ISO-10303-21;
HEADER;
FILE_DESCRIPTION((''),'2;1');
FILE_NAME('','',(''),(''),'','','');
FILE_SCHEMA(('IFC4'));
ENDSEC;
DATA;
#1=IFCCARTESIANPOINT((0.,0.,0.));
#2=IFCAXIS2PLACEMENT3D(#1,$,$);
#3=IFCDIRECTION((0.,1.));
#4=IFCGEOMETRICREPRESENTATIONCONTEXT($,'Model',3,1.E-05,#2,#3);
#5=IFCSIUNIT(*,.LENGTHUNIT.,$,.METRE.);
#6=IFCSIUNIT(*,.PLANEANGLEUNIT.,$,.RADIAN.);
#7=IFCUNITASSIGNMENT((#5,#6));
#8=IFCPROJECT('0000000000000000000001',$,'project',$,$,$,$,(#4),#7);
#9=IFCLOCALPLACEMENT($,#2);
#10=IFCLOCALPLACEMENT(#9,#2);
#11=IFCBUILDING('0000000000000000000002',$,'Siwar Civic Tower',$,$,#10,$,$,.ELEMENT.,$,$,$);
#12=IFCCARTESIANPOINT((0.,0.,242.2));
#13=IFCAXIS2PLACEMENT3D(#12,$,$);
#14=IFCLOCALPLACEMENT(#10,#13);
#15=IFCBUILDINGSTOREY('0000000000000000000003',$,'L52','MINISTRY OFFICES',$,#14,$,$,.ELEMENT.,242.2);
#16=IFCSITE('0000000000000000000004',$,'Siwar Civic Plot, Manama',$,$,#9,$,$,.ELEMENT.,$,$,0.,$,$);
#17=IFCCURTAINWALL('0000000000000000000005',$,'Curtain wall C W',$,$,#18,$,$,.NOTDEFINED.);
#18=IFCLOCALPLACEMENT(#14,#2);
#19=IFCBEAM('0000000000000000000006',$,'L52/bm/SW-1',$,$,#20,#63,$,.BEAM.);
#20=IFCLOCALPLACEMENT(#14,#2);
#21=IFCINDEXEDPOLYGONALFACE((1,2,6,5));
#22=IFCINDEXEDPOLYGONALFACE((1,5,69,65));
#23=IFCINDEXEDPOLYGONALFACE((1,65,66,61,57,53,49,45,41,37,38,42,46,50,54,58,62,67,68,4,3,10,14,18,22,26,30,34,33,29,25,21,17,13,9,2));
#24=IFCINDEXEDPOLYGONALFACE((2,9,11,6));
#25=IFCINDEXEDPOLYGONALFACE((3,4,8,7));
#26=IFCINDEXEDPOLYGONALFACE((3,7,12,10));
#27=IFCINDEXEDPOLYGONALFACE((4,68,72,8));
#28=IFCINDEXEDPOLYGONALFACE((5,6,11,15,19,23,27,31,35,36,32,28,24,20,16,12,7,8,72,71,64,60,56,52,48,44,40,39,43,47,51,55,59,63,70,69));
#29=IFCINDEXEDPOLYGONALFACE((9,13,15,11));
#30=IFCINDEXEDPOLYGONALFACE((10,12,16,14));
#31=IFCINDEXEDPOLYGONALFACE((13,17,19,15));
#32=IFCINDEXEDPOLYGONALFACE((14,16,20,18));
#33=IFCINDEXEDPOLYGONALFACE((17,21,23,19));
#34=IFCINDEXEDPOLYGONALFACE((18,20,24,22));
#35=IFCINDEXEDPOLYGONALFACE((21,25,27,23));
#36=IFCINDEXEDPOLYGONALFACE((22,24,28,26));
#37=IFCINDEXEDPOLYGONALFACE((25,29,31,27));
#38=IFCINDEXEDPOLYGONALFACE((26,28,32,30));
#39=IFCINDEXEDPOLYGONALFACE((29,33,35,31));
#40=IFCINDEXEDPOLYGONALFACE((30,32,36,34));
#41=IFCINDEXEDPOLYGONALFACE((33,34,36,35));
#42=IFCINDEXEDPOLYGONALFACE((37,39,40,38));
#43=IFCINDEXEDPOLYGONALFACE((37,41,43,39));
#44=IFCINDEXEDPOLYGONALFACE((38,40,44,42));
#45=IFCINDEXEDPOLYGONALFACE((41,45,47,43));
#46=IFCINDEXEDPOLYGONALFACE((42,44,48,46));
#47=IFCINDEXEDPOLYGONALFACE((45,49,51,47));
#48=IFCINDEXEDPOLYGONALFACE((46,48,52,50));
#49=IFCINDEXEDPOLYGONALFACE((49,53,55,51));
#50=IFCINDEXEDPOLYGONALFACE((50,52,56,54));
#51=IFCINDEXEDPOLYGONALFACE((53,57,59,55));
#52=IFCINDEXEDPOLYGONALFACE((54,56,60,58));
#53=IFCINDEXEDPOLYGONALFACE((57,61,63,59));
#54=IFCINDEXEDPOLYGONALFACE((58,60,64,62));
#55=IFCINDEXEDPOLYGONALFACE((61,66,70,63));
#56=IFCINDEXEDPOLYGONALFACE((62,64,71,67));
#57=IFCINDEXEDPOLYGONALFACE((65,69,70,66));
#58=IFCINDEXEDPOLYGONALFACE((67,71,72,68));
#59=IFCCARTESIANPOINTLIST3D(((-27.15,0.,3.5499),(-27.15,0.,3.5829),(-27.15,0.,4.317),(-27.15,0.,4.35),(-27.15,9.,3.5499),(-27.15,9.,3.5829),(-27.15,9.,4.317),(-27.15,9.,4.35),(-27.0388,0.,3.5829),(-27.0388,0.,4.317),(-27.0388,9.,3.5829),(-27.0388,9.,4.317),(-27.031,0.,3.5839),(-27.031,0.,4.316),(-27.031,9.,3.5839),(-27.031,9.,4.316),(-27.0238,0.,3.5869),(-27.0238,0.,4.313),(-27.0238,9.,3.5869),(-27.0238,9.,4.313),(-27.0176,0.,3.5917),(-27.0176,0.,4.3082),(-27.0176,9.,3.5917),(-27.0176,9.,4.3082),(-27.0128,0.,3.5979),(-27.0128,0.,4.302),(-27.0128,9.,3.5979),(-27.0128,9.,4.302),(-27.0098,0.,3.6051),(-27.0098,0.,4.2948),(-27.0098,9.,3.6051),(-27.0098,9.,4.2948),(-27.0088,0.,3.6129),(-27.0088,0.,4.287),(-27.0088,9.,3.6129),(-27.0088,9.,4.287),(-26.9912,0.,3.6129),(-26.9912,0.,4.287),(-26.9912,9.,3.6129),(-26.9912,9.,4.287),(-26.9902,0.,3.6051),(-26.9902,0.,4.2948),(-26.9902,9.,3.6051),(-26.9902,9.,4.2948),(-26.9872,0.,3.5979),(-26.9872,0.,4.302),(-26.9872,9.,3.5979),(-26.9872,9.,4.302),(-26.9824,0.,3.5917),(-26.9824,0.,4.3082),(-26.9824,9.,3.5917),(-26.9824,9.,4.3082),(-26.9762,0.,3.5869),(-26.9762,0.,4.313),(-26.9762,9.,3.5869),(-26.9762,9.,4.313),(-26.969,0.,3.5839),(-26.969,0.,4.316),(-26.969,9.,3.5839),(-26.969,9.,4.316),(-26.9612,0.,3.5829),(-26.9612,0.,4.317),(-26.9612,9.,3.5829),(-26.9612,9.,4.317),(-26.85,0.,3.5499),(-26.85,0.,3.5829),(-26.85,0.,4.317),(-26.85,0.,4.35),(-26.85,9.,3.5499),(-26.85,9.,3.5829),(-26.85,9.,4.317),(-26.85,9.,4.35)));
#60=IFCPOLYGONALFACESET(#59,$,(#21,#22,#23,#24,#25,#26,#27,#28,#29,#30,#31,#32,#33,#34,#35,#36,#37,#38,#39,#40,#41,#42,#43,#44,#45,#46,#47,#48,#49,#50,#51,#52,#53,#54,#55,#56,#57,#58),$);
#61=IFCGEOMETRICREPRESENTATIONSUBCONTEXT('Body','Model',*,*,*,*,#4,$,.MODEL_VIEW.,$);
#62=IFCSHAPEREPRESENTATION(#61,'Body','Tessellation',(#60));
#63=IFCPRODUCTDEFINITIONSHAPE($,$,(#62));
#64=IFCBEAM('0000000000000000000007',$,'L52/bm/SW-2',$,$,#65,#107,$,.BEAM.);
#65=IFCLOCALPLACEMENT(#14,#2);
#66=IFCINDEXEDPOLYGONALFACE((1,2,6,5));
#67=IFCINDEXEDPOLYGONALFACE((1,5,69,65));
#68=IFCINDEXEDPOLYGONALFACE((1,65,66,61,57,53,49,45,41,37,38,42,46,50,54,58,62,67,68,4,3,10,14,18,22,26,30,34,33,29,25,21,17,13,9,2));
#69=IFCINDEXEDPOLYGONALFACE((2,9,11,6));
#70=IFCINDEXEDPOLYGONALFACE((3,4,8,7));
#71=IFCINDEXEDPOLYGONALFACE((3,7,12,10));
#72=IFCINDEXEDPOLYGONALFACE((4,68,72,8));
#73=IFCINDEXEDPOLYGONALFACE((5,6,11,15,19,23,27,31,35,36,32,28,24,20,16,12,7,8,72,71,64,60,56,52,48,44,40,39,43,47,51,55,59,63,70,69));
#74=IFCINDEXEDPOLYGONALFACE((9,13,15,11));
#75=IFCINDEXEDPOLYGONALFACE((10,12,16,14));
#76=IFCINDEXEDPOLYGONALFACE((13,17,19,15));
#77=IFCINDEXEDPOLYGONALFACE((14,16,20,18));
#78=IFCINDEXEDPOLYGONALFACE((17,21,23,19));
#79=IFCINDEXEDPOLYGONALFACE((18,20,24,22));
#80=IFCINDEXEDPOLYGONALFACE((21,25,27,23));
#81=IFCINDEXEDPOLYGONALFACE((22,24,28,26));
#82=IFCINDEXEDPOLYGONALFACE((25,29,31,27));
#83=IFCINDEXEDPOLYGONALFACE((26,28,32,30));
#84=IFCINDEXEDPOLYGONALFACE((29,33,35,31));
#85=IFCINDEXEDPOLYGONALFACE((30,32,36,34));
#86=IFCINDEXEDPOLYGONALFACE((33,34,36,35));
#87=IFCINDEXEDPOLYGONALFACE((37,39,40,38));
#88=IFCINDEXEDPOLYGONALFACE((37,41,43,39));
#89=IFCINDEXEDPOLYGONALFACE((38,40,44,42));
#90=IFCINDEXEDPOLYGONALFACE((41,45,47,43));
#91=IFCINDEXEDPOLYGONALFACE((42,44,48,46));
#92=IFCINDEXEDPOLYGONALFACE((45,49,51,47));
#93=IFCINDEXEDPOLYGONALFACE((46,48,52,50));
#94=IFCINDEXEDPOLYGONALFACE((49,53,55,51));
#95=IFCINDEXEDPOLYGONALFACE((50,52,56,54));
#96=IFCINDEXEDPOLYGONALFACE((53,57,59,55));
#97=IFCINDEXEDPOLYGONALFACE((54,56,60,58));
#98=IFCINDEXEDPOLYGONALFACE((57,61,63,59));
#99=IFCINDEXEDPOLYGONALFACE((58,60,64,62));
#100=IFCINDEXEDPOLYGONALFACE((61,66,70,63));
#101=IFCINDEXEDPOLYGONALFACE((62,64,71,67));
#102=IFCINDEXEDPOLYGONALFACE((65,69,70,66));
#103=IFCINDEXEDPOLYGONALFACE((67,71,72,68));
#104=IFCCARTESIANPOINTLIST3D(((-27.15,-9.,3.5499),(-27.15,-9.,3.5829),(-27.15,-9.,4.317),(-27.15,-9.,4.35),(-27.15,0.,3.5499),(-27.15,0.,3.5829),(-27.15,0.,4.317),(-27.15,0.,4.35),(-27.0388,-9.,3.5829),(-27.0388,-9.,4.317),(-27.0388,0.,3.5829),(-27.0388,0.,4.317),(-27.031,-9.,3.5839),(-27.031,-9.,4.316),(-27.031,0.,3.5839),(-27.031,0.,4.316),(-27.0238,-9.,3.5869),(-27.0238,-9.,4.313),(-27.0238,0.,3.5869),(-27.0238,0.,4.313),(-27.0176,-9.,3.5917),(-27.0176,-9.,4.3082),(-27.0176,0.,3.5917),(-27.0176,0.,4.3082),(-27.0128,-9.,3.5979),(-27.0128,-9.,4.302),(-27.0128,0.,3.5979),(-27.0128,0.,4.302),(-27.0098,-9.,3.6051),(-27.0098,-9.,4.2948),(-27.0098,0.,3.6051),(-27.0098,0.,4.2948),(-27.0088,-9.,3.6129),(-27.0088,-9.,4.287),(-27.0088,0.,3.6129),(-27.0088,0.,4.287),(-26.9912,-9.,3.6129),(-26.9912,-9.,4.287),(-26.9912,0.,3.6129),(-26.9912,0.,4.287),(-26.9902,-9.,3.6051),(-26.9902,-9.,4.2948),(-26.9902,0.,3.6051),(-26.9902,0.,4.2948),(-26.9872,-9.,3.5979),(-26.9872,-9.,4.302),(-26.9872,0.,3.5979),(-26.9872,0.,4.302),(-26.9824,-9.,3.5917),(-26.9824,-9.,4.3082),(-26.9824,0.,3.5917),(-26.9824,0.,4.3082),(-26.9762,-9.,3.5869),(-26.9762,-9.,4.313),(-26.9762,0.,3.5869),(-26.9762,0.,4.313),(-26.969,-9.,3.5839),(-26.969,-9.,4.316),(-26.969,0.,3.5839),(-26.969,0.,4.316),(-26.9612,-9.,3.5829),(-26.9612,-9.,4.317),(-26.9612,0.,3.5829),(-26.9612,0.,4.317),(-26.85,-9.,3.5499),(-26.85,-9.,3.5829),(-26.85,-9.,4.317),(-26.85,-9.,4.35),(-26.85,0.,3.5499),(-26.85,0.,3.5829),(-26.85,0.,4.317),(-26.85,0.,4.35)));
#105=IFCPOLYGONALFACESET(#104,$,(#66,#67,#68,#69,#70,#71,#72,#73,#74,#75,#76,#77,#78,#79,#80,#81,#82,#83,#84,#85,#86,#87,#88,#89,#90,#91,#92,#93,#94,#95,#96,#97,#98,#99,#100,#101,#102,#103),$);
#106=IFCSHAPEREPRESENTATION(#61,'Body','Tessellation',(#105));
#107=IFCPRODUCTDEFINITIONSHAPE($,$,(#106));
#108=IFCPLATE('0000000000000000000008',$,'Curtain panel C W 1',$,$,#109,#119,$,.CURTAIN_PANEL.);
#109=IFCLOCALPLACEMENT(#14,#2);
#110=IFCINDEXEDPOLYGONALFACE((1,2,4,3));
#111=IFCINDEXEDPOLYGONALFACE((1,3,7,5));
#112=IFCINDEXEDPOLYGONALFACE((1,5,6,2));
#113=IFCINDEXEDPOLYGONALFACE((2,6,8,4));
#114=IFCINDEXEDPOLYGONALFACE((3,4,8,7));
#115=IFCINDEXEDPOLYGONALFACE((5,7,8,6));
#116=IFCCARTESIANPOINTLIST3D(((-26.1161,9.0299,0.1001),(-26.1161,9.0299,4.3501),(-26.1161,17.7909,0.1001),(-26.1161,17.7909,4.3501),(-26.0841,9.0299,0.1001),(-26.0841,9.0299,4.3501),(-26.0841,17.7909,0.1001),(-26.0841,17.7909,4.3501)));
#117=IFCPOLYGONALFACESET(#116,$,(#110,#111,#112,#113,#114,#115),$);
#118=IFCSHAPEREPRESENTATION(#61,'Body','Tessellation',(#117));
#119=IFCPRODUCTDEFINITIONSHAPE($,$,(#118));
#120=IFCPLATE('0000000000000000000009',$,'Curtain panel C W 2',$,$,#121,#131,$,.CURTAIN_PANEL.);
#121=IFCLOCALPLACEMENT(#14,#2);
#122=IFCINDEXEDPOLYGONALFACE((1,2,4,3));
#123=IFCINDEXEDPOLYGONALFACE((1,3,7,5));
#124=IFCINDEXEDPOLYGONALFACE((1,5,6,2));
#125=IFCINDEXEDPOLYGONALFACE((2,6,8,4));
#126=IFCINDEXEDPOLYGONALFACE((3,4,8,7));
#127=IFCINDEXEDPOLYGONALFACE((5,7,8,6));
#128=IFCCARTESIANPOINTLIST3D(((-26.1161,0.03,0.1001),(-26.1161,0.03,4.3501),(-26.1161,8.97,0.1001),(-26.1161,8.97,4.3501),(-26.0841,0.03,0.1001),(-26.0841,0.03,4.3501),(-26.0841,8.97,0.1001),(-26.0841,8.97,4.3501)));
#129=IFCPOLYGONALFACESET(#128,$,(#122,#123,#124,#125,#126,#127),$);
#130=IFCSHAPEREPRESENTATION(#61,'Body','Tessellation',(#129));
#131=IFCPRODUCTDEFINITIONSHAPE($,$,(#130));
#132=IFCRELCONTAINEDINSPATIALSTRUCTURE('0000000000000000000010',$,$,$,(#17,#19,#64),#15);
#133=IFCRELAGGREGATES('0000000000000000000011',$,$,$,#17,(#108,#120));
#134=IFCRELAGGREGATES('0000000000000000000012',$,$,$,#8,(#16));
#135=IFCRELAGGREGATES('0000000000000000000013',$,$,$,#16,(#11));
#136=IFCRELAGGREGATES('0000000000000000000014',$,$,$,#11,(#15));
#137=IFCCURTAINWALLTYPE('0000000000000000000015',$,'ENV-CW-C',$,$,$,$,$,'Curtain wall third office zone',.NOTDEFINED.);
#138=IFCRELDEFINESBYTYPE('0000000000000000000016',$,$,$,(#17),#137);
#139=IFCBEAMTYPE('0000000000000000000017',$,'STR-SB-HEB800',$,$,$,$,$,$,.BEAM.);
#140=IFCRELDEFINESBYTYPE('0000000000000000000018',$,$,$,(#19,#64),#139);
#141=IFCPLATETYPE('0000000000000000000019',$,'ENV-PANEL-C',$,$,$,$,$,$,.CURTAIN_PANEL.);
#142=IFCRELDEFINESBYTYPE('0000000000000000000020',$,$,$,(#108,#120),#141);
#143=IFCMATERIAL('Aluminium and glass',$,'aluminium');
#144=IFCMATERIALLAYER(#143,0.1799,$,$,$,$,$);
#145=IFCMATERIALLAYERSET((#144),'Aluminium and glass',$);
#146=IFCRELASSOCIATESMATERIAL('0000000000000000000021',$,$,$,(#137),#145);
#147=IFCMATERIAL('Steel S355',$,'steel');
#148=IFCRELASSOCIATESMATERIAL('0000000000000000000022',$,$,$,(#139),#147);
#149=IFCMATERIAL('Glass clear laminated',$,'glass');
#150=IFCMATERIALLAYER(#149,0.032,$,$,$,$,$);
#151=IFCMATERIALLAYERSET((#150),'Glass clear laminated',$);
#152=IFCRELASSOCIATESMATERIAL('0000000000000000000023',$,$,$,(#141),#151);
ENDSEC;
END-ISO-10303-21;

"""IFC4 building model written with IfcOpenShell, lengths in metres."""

from ifc_helpers import new_model, si_unit, direction, frame, origin, origin_2d, place, context, subcontext, project, spatial, rectangle, i_section, extrude, material, layer, layer_set, material_profile, profile_set, type_object, element, aggregate, save


model = new_model("IFC4")

# Units and contexts
model_context = context("Model", 3, precision=1e-05, world=origin(), true_north=direction((0.0, 1.0)))
body_context = subcontext(model_context, "Body", "Model", "MODEL_VIEW")
ifc_project = project(units=[si_unit("LENGTHUNIT", "METRE"), si_unit("PLANEANGLEUNIT", "RADIAN")], contexts=[model_context])

# Site, building, storey
site_placement = place(None, origin())
site = spatial("IfcSite", under=ifc_project, at=site_placement, Name="Siwar Civic Plot, Manama", CompositionType="ELEMENT", RefElevation=0.0)
building_placement = place(site_placement, origin())
building = spatial("IfcBuilding", under=site, at=building_placement, Name="Siwar Civic Tower", CompositionType="ELEMENT")
storey_placement = place(building_placement, frame((0.0, 0.0, 242.2)))
storey = spatial("IfcBuildingStorey", under=building, at=storey_placement, Name="L52", Description="MINISTRY OFFICES", CompositionType="ELEMENT", Elevation=242.2)

# Curtain wall
ifc_material_1 = material(Name="Aluminium and glass", Category="aluminium")
ifc_layer_1 = layer(ifc_material_1, 0.1799)
ifc_layer_set_1 = layer_set([ifc_layer_1], Name="Aluminium and glass")
curtain_wall_type = type_object("IfcCurtainWallType", Name="ENV-CW-C", ElementType="Curtain wall third office zone", PredefinedType="NOTDEFINED", material=ifc_layer_set_1)
curtain_wall_placement = place(storey_placement, origin())
curtain_wall = element("IfcCurtainWall", 1, at=curtain_wall_placement, inside=storey, type_object=curtain_wall_type, Name="Curtain wall C W", PredefinedType="NOTDEFINED")

# Beams
ifc_material_2 = material(Name="Steel S355", Category="steel")
ifc_material_profile_1 = material_profile(ifc_material_2, i_section(OverallWidth=0.3, OverallDepth=0.8, WebThickness=0.0176, FlangeThickness=0.033, FilletRadius=0.03, at=origin_2d()), Name="HEB800")
ifc_profile_set_1 = profile_set([ifc_material_profile_1], Name="Steel S355")
beam_type_1 = type_object("IfcBeamType", Name="STR-SB-HEB800", PredefinedType="BEAM", material=ifc_profile_set_1)
for number, where, z_axis, x_axis, name in (
    (2, (-27.0, 9.0, 3.95), (0.0, -1.0, 0.0), (1.0, 0.0, 0.0), "L52/bm/SW-1"),
    (3, (-27.0, 0.0, 3.95), (0.0, -1.0, 0.0), (1.0, 0.0, 0.0), "L52/bm/SW-2"),
):
    element("IfcBeam", number, at=place(storey_placement, frame(where, z_axis=z_axis, x_axis=x_axis)), inside=storey, type_object=beam_type_1, Name=name, PredefinedType="BEAM", context=body_context, shape_type="SweptSolid", body=[
        extrude(i_section(OverallWidth=0.3, OverallDepth=0.8, WebThickness=0.0176, FlangeThickness=0.033, FilletRadius=0.03, at=origin_2d()), origin(), (0.0, 0.0, 1.0), 9.0),
    ])

# Plates
ifc_material_3 = material(Name="Glass clear laminated", Category="glass")
ifc_layer_2 = layer(ifc_material_3, 0.032)
ifc_layer_set_2 = layer_set([ifc_layer_2], Name="Glass clear laminated")
plate_type = type_object("IfcPlateType", Name="ENV-PANEL-C", PredefinedType="CURTAIN_PANEL", material=ifc_layer_set_2)
plate_1_placement = place(storey_placement, frame((-26.1001, 13.4104, 0.1001), z_axis=(0.0, 0.0, 1.0), x_axis=(0.0, -1.0, 0.0)))
plate_1 = element("IfcPlate", 4, at=plate_1_placement, type_object=plate_type, Name="Curtain panel C W 1", PredefinedType="CURTAIN_PANEL", context=body_context, shape_type="SweptSolid", body=[
    extrude(rectangle(XDim=8.761, YDim=0.032, at=origin_2d()), origin(), (0.0, 0.0, 1.0), 4.25),
])
plate_2_placement = place(storey_placement, frame((-26.1001, 4.5, 0.1001), z_axis=(0.0, 0.0, 1.0), x_axis=(0.0, -1.0, 0.0)))
plate_2 = element("IfcPlate", 5, at=plate_2_placement, type_object=plate_type, Name="Curtain panel C W 2", PredefinedType="CURTAIN_PANEL", context=body_context, shape_type="SweptSolid", body=[
    extrude(rectangle(XDim=8.9399, YDim=0.032, at=origin_2d()), origin(), (0.0, 0.0, 1.0), 4.25),
])
aggregate(curtain_wall, [plate_1, plate_2])

save(model, "model.ifc")
